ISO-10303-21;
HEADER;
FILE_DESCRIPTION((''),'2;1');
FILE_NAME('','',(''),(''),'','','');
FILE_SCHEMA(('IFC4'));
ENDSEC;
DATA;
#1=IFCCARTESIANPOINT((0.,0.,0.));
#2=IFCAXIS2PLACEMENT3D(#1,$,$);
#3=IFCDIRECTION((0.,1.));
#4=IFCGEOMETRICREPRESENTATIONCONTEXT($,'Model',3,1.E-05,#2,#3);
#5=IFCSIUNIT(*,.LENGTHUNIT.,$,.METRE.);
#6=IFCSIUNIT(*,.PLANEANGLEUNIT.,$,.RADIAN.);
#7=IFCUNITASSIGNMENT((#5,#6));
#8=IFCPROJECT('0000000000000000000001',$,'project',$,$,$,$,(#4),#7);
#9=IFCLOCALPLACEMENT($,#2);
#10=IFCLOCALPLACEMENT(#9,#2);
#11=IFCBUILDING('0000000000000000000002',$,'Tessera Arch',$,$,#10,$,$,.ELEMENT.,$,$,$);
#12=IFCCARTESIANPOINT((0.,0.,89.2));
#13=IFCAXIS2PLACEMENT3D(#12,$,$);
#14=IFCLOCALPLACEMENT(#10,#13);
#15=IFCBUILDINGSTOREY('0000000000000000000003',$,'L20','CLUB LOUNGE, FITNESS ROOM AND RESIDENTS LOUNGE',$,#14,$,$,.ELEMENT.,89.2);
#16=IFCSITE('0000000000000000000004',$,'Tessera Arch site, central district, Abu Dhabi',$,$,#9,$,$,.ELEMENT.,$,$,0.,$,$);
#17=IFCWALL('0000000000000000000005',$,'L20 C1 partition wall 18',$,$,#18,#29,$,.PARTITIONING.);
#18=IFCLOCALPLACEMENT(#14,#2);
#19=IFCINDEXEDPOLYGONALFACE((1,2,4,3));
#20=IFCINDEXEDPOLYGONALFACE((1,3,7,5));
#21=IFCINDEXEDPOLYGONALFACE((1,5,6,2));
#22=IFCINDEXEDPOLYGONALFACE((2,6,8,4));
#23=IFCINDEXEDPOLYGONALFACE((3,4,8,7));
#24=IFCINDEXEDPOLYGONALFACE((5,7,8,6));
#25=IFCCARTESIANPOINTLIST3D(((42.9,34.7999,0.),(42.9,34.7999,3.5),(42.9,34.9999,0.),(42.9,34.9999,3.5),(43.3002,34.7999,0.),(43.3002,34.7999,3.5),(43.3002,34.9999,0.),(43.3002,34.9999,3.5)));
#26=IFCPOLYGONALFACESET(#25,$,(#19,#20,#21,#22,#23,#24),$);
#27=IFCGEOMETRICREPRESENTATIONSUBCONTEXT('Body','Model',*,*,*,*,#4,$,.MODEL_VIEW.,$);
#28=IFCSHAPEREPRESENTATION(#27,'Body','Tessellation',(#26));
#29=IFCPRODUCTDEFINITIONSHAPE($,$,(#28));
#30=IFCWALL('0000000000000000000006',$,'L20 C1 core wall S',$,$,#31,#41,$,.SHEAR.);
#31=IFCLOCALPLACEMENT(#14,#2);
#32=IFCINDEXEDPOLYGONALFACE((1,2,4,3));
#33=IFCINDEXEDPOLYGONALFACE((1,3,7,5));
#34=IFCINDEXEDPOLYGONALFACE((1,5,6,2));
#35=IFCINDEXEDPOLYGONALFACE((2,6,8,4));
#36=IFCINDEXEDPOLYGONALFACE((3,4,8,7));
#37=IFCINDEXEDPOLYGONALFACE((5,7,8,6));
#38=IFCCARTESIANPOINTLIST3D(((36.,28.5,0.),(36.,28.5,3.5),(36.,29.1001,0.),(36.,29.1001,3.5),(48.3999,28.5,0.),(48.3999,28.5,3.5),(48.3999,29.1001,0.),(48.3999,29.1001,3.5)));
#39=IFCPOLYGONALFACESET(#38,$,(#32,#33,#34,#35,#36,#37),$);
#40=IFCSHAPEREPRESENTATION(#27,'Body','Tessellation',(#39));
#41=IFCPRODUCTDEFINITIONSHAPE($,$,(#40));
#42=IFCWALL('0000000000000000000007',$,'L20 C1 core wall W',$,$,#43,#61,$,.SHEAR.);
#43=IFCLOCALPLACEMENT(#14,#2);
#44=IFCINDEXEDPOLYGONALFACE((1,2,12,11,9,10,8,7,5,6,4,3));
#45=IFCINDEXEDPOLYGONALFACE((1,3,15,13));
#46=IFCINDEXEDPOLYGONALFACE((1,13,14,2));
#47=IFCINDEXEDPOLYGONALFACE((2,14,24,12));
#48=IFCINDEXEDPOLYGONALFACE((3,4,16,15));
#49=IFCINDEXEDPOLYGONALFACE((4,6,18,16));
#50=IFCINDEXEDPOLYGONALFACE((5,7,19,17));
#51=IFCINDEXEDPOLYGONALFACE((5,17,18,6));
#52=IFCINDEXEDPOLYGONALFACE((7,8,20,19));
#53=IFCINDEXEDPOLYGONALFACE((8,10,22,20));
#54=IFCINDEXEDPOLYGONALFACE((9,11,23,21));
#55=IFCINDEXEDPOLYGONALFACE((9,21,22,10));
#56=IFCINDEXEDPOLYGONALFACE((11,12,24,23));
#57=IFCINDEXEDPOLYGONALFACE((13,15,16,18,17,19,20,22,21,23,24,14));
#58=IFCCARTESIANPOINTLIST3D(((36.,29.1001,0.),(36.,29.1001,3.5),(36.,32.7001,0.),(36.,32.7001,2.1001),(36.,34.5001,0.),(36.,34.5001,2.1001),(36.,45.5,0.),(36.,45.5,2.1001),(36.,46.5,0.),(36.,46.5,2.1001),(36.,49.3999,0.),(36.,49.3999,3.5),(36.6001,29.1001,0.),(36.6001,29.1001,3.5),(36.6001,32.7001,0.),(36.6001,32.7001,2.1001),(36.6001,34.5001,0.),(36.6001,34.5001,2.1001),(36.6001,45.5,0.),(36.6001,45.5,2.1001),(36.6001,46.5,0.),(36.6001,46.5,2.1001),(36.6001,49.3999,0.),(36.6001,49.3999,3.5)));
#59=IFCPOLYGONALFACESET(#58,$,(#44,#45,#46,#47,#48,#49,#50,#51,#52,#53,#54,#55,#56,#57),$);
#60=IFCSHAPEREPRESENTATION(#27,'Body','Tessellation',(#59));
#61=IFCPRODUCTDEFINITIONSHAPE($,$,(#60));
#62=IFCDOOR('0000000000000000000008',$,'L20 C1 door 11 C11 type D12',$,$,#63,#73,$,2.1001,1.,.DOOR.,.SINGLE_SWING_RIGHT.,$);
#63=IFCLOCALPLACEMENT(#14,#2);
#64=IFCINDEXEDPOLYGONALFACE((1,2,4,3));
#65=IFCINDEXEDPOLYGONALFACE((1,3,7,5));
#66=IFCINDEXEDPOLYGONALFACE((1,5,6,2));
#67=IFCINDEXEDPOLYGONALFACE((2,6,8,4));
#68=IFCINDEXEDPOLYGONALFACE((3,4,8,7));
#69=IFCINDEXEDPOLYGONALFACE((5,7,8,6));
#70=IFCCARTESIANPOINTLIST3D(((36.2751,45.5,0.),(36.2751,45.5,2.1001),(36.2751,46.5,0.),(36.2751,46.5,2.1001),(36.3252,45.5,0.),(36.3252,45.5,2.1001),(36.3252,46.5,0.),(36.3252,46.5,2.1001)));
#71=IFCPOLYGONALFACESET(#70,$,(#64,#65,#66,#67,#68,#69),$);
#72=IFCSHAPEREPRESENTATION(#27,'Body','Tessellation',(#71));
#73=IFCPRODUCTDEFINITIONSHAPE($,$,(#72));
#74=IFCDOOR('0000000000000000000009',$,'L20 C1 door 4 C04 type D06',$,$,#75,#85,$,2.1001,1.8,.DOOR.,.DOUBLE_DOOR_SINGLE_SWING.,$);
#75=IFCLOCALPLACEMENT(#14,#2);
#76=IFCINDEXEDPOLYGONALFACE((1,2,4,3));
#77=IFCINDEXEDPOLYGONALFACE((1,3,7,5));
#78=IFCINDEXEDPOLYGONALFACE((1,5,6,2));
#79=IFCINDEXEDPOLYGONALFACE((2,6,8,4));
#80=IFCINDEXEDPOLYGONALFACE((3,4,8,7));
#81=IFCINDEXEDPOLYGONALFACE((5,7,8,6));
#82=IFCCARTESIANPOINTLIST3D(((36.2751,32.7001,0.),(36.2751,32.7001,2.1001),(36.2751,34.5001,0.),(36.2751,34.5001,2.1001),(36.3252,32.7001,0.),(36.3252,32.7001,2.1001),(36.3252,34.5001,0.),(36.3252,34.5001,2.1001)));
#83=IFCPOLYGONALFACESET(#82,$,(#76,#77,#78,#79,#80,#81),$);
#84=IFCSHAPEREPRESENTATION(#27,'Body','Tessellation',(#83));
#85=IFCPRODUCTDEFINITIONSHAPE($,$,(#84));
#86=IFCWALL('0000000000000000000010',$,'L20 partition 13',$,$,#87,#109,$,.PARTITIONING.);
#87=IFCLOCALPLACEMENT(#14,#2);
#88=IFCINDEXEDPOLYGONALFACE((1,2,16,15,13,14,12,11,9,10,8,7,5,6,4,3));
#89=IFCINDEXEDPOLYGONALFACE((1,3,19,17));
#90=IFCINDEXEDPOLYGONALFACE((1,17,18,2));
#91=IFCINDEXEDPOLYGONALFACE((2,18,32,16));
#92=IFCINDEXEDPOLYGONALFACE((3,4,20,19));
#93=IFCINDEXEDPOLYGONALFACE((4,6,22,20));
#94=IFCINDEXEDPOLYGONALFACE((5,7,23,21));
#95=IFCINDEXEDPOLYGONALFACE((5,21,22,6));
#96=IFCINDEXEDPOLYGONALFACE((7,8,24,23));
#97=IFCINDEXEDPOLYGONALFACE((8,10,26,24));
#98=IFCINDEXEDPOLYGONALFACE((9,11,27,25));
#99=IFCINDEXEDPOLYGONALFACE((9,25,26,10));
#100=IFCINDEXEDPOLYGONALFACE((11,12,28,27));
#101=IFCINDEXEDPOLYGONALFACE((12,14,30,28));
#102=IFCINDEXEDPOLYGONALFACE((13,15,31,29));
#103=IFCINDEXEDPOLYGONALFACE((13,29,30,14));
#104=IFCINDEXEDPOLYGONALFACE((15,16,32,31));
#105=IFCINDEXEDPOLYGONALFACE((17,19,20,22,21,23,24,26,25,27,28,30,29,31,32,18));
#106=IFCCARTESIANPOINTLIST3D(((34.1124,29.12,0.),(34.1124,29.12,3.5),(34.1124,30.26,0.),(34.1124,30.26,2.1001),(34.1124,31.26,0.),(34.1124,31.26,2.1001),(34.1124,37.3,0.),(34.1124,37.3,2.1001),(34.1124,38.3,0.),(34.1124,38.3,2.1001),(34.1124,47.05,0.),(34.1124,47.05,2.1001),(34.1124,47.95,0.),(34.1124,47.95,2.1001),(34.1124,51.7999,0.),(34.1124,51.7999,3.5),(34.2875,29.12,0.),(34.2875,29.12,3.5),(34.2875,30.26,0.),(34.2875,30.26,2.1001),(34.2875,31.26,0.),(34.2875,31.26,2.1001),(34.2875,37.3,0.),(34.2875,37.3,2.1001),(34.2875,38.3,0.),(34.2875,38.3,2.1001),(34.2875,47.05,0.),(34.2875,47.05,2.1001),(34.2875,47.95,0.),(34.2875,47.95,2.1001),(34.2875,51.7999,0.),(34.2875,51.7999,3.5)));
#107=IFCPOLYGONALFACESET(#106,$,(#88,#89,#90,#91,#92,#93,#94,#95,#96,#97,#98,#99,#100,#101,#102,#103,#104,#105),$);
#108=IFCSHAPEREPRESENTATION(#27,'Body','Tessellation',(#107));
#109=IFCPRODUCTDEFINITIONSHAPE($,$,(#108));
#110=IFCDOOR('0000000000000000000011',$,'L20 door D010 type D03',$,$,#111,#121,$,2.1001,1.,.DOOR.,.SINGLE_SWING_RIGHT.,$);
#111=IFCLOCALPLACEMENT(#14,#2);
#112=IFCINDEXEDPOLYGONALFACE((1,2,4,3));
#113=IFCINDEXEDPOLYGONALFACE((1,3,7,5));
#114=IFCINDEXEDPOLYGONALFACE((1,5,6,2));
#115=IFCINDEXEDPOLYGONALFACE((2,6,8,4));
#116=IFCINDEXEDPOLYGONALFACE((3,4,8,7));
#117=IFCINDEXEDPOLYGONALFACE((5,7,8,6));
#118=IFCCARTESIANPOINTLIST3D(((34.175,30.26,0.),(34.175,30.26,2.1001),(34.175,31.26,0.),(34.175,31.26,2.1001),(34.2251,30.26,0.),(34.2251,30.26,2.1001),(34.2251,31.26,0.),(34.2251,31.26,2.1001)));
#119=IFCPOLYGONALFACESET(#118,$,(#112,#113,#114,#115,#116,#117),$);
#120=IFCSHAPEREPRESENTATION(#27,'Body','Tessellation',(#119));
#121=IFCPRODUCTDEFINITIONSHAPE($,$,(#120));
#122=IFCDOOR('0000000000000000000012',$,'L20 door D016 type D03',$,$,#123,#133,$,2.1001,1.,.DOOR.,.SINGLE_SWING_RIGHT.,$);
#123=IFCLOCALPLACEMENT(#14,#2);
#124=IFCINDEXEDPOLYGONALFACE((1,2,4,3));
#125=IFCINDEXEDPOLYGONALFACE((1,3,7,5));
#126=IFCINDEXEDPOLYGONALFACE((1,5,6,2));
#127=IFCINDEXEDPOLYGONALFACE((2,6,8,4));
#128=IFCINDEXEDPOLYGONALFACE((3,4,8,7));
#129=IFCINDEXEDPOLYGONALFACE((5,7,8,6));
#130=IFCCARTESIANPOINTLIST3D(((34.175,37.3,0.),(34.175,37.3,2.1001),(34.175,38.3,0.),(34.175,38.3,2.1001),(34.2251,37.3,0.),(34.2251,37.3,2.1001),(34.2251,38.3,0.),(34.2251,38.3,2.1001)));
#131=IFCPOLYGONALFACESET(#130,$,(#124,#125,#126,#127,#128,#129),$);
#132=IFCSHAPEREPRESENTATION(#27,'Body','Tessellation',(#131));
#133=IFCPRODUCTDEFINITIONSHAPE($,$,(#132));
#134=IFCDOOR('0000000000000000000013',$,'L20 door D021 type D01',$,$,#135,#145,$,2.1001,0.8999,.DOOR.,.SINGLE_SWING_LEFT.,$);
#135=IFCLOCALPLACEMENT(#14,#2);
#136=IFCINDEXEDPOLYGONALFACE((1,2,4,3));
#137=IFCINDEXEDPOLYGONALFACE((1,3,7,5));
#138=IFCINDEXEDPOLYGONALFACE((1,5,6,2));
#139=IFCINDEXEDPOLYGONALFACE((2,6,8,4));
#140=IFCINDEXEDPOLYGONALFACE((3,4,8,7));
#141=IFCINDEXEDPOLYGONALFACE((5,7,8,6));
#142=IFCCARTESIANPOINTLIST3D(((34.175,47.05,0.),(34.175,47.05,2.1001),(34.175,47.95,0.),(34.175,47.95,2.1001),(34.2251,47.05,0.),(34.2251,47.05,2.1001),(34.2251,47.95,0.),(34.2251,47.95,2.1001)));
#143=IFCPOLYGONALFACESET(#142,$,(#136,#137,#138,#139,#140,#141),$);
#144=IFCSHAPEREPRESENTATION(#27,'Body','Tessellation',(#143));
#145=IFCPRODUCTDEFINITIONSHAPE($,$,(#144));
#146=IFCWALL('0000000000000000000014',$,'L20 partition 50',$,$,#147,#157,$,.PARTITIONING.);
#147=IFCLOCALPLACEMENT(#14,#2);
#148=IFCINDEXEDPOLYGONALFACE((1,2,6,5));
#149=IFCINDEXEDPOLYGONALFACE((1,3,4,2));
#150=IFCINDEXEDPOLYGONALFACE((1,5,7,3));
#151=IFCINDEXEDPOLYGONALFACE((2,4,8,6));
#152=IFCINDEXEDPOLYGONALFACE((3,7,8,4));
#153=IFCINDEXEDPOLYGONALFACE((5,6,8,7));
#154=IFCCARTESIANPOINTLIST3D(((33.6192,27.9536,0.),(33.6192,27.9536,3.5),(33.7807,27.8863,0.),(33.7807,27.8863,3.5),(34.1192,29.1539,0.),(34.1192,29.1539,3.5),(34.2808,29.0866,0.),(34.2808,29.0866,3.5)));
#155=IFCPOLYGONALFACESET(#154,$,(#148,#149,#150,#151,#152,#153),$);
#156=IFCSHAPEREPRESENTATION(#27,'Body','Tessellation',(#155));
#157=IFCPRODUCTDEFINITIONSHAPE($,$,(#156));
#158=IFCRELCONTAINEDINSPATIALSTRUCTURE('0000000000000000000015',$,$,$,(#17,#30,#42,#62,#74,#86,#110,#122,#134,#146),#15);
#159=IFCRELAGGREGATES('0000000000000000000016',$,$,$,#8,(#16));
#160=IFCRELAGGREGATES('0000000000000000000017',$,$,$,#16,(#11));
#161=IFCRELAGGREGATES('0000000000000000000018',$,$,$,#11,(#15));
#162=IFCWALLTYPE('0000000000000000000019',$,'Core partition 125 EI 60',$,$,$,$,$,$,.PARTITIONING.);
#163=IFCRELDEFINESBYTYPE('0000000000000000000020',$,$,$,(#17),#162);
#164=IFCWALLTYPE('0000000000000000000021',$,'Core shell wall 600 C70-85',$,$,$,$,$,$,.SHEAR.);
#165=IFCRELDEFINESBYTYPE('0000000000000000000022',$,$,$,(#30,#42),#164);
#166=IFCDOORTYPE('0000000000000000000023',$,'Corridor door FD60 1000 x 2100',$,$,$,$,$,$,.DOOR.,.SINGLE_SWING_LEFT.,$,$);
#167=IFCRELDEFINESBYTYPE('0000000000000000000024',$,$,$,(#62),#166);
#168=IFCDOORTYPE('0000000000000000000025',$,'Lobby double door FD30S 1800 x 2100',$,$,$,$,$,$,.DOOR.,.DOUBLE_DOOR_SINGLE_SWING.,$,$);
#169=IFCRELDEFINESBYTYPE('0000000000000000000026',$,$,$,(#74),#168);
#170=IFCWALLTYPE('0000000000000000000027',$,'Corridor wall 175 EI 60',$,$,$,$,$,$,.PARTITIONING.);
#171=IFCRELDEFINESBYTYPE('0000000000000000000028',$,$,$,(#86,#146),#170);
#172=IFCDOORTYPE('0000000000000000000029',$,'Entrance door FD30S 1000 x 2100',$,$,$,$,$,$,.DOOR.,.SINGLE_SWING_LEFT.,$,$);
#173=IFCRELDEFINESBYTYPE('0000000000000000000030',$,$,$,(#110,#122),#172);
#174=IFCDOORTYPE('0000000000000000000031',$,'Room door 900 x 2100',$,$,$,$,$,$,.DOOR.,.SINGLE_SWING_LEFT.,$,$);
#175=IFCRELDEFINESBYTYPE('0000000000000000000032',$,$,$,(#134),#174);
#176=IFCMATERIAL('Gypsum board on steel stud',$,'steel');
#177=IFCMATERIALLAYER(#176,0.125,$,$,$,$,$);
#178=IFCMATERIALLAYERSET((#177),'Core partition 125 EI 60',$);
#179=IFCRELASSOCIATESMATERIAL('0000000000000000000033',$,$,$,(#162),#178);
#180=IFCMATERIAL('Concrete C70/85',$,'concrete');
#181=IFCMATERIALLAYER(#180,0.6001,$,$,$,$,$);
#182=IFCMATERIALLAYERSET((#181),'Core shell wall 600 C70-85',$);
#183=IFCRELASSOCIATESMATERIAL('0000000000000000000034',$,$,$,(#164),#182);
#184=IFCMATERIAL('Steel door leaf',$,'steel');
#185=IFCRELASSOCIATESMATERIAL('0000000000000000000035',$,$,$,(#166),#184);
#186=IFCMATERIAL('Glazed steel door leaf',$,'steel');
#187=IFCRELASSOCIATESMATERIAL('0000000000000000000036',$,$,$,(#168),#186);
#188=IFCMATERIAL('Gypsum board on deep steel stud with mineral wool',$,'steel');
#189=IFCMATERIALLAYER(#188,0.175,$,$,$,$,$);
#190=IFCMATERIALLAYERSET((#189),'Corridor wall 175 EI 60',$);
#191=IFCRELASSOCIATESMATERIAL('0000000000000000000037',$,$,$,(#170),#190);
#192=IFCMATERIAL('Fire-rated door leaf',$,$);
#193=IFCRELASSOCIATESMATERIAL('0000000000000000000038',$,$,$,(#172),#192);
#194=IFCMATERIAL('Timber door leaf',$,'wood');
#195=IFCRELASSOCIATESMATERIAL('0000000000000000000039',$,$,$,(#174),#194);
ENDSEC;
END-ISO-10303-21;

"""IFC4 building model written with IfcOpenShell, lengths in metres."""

from ifc_helpers import new_model, si_unit, direction, frame, frame_2d, origin, place, context, subcontext, project, spatial, rectangle, extrude, material, layer, layer_set, type_object, element, fill, save


model = new_model("IFC4")

# Units and contexts
model_context = context("Model", 3, precision=1e-05, world=origin(), true_north=direction((0.0, 1.0)))
body_context = subcontext(model_context, "Body", "Model", "MODEL_VIEW")
ifc_project = project(units=[si_unit("LENGTHUNIT", "METRE"), si_unit("PLANEANGLEUNIT", "RADIAN")], contexts=[model_context])

# Site, building, storey
site_placement = place(None, origin())
site = spatial("IfcSite", under=ifc_project, at=site_placement, Name="Tessera Arch site, central district, Abu Dhabi", CompositionType="ELEMENT", RefElevation=0.0)
building_placement = place(site_placement, origin())
building = spatial("IfcBuilding", under=site, at=building_placement, Name="Tessera Arch", CompositionType="ELEMENT")
storey_placement = place(building_placement, frame((0.0, 0.0, 89.2)))
storey = spatial("IfcBuildingStorey", under=building, at=storey_placement, Name="L20", Description="CLUB LOUNGE, FITNESS ROOM AND RESIDENTS LOUNGE", CompositionType="ELEMENT", Elevation=89.2)

# Walls
ifc_material_1 = material(Name="Gypsum board on steel stud", Category="steel")
ifc_layer_1 = layer(ifc_material_1, 0.125)
ifc_layer_set_1 = layer_set([ifc_layer_1], Name="Core partition 125 EI 60")
wall_type_1 = type_object("IfcWallType", Name="Core partition 125 EI 60", PredefinedType="PARTITIONING", material=ifc_layer_set_1)
wall_1_placement = place(storey_placement, frame((42.8999, 34.8999, 0.0), z_axis=(0.0, 0.0, 1.0), x_axis=(1.0, 0.0, 0.0)))
element("IfcWall", 1, at=wall_1_placement, inside=storey, type_object=wall_type_1, Name="L20 C1 partition wall 18", PredefinedType="PARTITIONING", context=body_context, shape_type="SweptSolid", body=[
    extrude(rectangle(XDim=0.4001, YDim=0.2, at=frame_2d((0.2002, 0.0))), origin(), (0.0, 0.0, 1.0), 3.5),
])
ifc_material_2 = material(Name="Concrete C70/85", Category="concrete")
ifc_layer_2 = layer(ifc_material_2, 0.6001)
ifc_layer_set_2 = layer_set([ifc_layer_2], Name="Core shell wall 600 C70-85")
wall_type_2 = type_object("IfcWallType", Name="Core shell wall 600 C70-85", PredefinedType="SHEAR", material=ifc_layer_set_2)
wall_2_placement = place(storey_placement, frame((36.0, 28.8, 0.0), z_axis=(0.0, 0.0, 1.0), x_axis=(1.0, 0.0, 0.0)))
element("IfcWall", 2, at=wall_2_placement, inside=storey, type_object=wall_type_2, Name="L20 C1 core wall S", PredefinedType="SHEAR", context=body_context, shape_type="SweptSolid", body=[
    extrude(rectangle(XDim=12.3999, YDim=0.6001, at=frame_2d((6.2, 0.0))), origin(), (0.0, 0.0, 1.0), 3.5),
])

# Walls, openings, doors
wall_3_placement = place(storey_placement, frame((36.3, 29.1001, 0.0), z_axis=(0.0, 0.0, 1.0), x_axis=(0.0, 1.0, 0.0)))
wall_3 = element("IfcWall", 3, at=wall_3_placement, inside=storey, type_object=wall_type_2, Name="L20 C1 core wall W", PredefinedType="SHEAR", context=body_context, shape_type="SweptSolid", body=[
    extrude(rectangle(XDim=20.2998, YDim=0.6001, at=frame_2d((10.1499, 0.0))), origin(), (0.0, 0.0, 1.0), 3.5),
])
opening_1_placement = place(wall_3_placement, frame((3.6001, 0.0, 0.0)))
opening_1 = element("IfcOpeningElement", 4, at=opening_1_placement, cuts=wall_3, PredefinedType="OPENING", context=body_context, shape_type="SweptSolid", body=[
    extrude(rectangle(XDim=1.8, YDim=2.1001, at=frame_2d((0.8999, 1.05))), frame((0.0, 0.3101, 0.0), z_axis=(0.0, -1.0, 0.0), x_axis=(1.0, 0.0, 0.0)), (0.0, 0.0, 1.0), 0.6201),
])
opening_2_placement = place(wall_3_placement, frame((16.3999, 0.0, 0.0)))
opening_2 = element("IfcOpeningElement", 5, at=opening_2_placement, cuts=wall_3, PredefinedType="OPENING", context=body_context, shape_type="SweptSolid", body=[
    extrude(rectangle(XDim=1.0, YDim=2.1001, at=frame_2d((0.5, 1.05))), frame((0.0, 0.3101, 0.0), z_axis=(0.0, -1.0, 0.0), x_axis=(1.0, 0.0, 0.0)), (0.0, 0.0, 1.0), 0.6201),
])
ifc_material_3 = material(Name="Steel door leaf", Category="steel")
door_type_1 = type_object("IfcDoorType", Name="Corridor door FD60 1000 x 2100", OperationType="SINGLE_SWING_LEFT", PredefinedType="DOOR", material=ifc_material_3)
door_1_placement = place(opening_2_placement, origin())
door_1 = element("IfcDoor", 6, at=door_1_placement, inside=storey, type_object=door_type_1, Name="L20 C1 door 11 C11 type D12", OperationType="SINGLE_SWING_RIGHT", OverallHeight=2.1001, OverallWidth=1.0, PredefinedType="DOOR", context=body_context, shape_type="SweptSolid", body=[
    extrude(rectangle(XDim=1.0, YDim=2.1001, at=frame_2d((0.5, 1.05))), frame((0.0, 0.0249, 0.0), z_axis=(0.0, -1.0, 0.0), x_axis=(1.0, 0.0, 0.0)), (0.0, 0.0, 1.0), 0.05),
])
fill(opening_2, door_1)
ifc_material_4 = material(Name="Glazed steel door leaf", Category="steel")
door_type_2 = type_object("IfcDoorType", Name="Lobby double door FD30S 1800 x 2100", OperationType="DOUBLE_DOOR_SINGLE_SWING", PredefinedType="DOOR", material=ifc_material_4)
door_2_placement = place(opening_1_placement, origin())
door_2 = element("IfcDoor", 7, at=door_2_placement, inside=storey, type_object=door_type_2, Name="L20 C1 door 4 C04 type D06", OperationType="DOUBLE_DOOR_SINGLE_SWING", OverallHeight=2.1001, OverallWidth=1.8, PredefinedType="DOOR", context=body_context, shape_type="SweptSolid", body=[
    extrude(rectangle(XDim=1.8, YDim=2.1001, at=frame_2d((0.8999, 1.05))), frame((0.0, 0.0249, 0.0), z_axis=(0.0, -1.0, 0.0), x_axis=(1.0, 0.0, 0.0)), (0.0, 0.0, 1.0), 0.05),
])
fill(opening_1, door_2)
ifc_material_5 = material(Name="Gypsum board on deep steel stud with mineral wool", Category="steel")
ifc_layer_3 = layer(ifc_material_5, 0.175)
ifc_layer_set_3 = layer_set([ifc_layer_3], Name="Corridor wall 175 EI 60")
wall_type_3 = type_object("IfcWallType", Name="Corridor wall 175 EI 60", PredefinedType="PARTITIONING", material=ifc_layer_set_3)
wall_4_placement = place(storey_placement, frame((34.2, 29.1201, 0.0), z_axis=(0.0, 0.0, 1.0), x_axis=(0.0, 1.0, 0.0)))
wall_4 = element("IfcWall", 8, at=wall_4_placement, inside=storey, type_object=wall_type_3, Name="L20 partition 13", PredefinedType="PARTITIONING", context=body_context, shape_type="SweptSolid", body=[
    extrude(rectangle(XDim=22.6799, YDim=0.175, at=frame_2d((11.3398, 0.0))), origin(), (0.0, 0.0, 1.0), 3.5),
])
opening_3_placement = place(wall_4_placement, frame((1.1399, 0.0, 0.0)))
opening_3 = element("IfcOpeningElement", 9, at=opening_3_placement, cuts=wall_4, PredefinedType="OPENING", context=body_context, shape_type="SweptSolid", body=[
    extrude(rectangle(XDim=1.0, YDim=2.1001, at=frame_2d((0.5, 1.05))), frame((0.0, 0.0974, 0.0), z_axis=(0.0, -1.0, 0.0), x_axis=(1.0, 0.0, 0.0)), (0.0, 0.0, 1.0), 0.1951),
])
opening_4_placement = place(wall_4_placement, frame((8.1799, 0.0, 0.0)))
opening_4 = element("IfcOpeningElement", 10, at=opening_4_placement, cuts=wall_4, PredefinedType="OPENING", context=body_context, shape_type="SweptSolid", body=[
    extrude(rectangle(XDim=1.0, YDim=2.1001, at=frame_2d((0.5, 1.05))), frame((0.0, 0.0974, 0.0), z_axis=(0.0, -1.0, 0.0), x_axis=(1.0, 0.0, 0.0)), (0.0, 0.0, 1.0), 0.1951),
])
opening_5_placement = place(wall_4_placement, frame((17.9299, 0.0, 0.0)))
opening_5 = element("IfcOpeningElement", 11, at=opening_5_placement, cuts=wall_4, PredefinedType="OPENING", context=body_context, shape_type="SweptSolid", body=[
    extrude(rectangle(XDim=0.8999, YDim=2.1001, at=frame_2d((0.45, 1.05))), frame((0.0, 0.0974, 0.0), z_axis=(0.0, -1.0, 0.0), x_axis=(1.0, 0.0, 0.0)), (0.0, 0.0, 1.0), 0.1951),
])
ifc_material_6 = material(Name="Fire-rated door leaf")
door_type_3 = type_object("IfcDoorType", Name="Entrance door FD30S 1000 x 2100", OperationType="SINGLE_SWING_LEFT", PredefinedType="DOOR", material=ifc_material_6)
door_3_placement = place(opening_3_placement, origin())
door_3 = element("IfcDoor", 12, at=door_3_placement, inside=storey, type_object=door_type_3, Name="L20 door D010 type D03", OperationType="SINGLE_SWING_RIGHT", OverallHeight=2.1001, OverallWidth=1.0, PredefinedType="DOOR", context=body_context, shape_type="SweptSolid", body=[
    extrude(rectangle(XDim=1.0, YDim=2.1001, at=frame_2d((0.5, 1.05))), frame((0.0, 0.0249, 0.0), z_axis=(0.0, -1.0, 0.0), x_axis=(1.0, 0.0, 0.0)), (0.0, 0.0, 1.0), 0.05),
])
fill(opening_3, door_3)
door_4_placement = place(opening_4_placement, origin())
door_4 = element("IfcDoor", 13, at=door_4_placement, inside=storey, type_object=door_type_3, Name="L20 door D016 type D03", OperationType="SINGLE_SWING_RIGHT", OverallHeight=2.1001, OverallWidth=1.0, PredefinedType="DOOR", context=body_context, shape_type="SweptSolid", body=[
    extrude(rectangle(XDim=1.0, YDim=2.1001, at=frame_2d((0.5, 1.05))), frame((0.0, 0.0249, 0.0), z_axis=(0.0, -1.0, 0.0), x_axis=(1.0, 0.0, 0.0)), (0.0, 0.0, 1.0), 0.05),
])
fill(opening_4, door_4)
ifc_material_7 = material(Name="Timber door leaf", Category="wood")
door_type_4 = type_object("IfcDoorType", Name="Room door 900 x 2100", OperationType="SINGLE_SWING_LEFT", PredefinedType="DOOR", material=ifc_material_7)
door_5_placement = place(opening_5_placement, origin())
door_5 = element("IfcDoor", 14, at=door_5_placement, inside=storey, type_object=door_type_4, Name="L20 door D021 type D01", OperationType="SINGLE_SWING_LEFT", OverallHeight=2.1001, OverallWidth=0.8999, PredefinedType="DOOR", context=body_context, shape_type="SweptSolid", body=[
    extrude(rectangle(XDim=0.8999, YDim=2.1001, at=frame_2d((0.45, 1.05))), frame((0.0, 0.0249, 0.0), z_axis=(0.0, -1.0, 0.0), x_axis=(1.0, 0.0, 0.0)), (0.0, 0.0, 1.0), 0.05),
])
fill(opening_5, door_5)

# Wall
wall_5_placement = place(storey_placement, frame((33.7, 27.9199, 0.0), z_axis=(0.0, 0.0, 1.0), x_axis=(0.384562, 0.923099, 0.0)))
element("IfcWall", 15, at=wall_5_placement, inside=storey, type_object=wall_type_3, Name="L20 partition 50", PredefinedType="PARTITIONING", context=body_context, shape_type="SweptSolid", body=[
    extrude(rectangle(XDim=1.3003, YDim=0.175, at=frame_2d((0.6501, 0.0))), origin(), (0.0, 0.0, 1.0), 3.5),
])

save(model, "model.ifc")
